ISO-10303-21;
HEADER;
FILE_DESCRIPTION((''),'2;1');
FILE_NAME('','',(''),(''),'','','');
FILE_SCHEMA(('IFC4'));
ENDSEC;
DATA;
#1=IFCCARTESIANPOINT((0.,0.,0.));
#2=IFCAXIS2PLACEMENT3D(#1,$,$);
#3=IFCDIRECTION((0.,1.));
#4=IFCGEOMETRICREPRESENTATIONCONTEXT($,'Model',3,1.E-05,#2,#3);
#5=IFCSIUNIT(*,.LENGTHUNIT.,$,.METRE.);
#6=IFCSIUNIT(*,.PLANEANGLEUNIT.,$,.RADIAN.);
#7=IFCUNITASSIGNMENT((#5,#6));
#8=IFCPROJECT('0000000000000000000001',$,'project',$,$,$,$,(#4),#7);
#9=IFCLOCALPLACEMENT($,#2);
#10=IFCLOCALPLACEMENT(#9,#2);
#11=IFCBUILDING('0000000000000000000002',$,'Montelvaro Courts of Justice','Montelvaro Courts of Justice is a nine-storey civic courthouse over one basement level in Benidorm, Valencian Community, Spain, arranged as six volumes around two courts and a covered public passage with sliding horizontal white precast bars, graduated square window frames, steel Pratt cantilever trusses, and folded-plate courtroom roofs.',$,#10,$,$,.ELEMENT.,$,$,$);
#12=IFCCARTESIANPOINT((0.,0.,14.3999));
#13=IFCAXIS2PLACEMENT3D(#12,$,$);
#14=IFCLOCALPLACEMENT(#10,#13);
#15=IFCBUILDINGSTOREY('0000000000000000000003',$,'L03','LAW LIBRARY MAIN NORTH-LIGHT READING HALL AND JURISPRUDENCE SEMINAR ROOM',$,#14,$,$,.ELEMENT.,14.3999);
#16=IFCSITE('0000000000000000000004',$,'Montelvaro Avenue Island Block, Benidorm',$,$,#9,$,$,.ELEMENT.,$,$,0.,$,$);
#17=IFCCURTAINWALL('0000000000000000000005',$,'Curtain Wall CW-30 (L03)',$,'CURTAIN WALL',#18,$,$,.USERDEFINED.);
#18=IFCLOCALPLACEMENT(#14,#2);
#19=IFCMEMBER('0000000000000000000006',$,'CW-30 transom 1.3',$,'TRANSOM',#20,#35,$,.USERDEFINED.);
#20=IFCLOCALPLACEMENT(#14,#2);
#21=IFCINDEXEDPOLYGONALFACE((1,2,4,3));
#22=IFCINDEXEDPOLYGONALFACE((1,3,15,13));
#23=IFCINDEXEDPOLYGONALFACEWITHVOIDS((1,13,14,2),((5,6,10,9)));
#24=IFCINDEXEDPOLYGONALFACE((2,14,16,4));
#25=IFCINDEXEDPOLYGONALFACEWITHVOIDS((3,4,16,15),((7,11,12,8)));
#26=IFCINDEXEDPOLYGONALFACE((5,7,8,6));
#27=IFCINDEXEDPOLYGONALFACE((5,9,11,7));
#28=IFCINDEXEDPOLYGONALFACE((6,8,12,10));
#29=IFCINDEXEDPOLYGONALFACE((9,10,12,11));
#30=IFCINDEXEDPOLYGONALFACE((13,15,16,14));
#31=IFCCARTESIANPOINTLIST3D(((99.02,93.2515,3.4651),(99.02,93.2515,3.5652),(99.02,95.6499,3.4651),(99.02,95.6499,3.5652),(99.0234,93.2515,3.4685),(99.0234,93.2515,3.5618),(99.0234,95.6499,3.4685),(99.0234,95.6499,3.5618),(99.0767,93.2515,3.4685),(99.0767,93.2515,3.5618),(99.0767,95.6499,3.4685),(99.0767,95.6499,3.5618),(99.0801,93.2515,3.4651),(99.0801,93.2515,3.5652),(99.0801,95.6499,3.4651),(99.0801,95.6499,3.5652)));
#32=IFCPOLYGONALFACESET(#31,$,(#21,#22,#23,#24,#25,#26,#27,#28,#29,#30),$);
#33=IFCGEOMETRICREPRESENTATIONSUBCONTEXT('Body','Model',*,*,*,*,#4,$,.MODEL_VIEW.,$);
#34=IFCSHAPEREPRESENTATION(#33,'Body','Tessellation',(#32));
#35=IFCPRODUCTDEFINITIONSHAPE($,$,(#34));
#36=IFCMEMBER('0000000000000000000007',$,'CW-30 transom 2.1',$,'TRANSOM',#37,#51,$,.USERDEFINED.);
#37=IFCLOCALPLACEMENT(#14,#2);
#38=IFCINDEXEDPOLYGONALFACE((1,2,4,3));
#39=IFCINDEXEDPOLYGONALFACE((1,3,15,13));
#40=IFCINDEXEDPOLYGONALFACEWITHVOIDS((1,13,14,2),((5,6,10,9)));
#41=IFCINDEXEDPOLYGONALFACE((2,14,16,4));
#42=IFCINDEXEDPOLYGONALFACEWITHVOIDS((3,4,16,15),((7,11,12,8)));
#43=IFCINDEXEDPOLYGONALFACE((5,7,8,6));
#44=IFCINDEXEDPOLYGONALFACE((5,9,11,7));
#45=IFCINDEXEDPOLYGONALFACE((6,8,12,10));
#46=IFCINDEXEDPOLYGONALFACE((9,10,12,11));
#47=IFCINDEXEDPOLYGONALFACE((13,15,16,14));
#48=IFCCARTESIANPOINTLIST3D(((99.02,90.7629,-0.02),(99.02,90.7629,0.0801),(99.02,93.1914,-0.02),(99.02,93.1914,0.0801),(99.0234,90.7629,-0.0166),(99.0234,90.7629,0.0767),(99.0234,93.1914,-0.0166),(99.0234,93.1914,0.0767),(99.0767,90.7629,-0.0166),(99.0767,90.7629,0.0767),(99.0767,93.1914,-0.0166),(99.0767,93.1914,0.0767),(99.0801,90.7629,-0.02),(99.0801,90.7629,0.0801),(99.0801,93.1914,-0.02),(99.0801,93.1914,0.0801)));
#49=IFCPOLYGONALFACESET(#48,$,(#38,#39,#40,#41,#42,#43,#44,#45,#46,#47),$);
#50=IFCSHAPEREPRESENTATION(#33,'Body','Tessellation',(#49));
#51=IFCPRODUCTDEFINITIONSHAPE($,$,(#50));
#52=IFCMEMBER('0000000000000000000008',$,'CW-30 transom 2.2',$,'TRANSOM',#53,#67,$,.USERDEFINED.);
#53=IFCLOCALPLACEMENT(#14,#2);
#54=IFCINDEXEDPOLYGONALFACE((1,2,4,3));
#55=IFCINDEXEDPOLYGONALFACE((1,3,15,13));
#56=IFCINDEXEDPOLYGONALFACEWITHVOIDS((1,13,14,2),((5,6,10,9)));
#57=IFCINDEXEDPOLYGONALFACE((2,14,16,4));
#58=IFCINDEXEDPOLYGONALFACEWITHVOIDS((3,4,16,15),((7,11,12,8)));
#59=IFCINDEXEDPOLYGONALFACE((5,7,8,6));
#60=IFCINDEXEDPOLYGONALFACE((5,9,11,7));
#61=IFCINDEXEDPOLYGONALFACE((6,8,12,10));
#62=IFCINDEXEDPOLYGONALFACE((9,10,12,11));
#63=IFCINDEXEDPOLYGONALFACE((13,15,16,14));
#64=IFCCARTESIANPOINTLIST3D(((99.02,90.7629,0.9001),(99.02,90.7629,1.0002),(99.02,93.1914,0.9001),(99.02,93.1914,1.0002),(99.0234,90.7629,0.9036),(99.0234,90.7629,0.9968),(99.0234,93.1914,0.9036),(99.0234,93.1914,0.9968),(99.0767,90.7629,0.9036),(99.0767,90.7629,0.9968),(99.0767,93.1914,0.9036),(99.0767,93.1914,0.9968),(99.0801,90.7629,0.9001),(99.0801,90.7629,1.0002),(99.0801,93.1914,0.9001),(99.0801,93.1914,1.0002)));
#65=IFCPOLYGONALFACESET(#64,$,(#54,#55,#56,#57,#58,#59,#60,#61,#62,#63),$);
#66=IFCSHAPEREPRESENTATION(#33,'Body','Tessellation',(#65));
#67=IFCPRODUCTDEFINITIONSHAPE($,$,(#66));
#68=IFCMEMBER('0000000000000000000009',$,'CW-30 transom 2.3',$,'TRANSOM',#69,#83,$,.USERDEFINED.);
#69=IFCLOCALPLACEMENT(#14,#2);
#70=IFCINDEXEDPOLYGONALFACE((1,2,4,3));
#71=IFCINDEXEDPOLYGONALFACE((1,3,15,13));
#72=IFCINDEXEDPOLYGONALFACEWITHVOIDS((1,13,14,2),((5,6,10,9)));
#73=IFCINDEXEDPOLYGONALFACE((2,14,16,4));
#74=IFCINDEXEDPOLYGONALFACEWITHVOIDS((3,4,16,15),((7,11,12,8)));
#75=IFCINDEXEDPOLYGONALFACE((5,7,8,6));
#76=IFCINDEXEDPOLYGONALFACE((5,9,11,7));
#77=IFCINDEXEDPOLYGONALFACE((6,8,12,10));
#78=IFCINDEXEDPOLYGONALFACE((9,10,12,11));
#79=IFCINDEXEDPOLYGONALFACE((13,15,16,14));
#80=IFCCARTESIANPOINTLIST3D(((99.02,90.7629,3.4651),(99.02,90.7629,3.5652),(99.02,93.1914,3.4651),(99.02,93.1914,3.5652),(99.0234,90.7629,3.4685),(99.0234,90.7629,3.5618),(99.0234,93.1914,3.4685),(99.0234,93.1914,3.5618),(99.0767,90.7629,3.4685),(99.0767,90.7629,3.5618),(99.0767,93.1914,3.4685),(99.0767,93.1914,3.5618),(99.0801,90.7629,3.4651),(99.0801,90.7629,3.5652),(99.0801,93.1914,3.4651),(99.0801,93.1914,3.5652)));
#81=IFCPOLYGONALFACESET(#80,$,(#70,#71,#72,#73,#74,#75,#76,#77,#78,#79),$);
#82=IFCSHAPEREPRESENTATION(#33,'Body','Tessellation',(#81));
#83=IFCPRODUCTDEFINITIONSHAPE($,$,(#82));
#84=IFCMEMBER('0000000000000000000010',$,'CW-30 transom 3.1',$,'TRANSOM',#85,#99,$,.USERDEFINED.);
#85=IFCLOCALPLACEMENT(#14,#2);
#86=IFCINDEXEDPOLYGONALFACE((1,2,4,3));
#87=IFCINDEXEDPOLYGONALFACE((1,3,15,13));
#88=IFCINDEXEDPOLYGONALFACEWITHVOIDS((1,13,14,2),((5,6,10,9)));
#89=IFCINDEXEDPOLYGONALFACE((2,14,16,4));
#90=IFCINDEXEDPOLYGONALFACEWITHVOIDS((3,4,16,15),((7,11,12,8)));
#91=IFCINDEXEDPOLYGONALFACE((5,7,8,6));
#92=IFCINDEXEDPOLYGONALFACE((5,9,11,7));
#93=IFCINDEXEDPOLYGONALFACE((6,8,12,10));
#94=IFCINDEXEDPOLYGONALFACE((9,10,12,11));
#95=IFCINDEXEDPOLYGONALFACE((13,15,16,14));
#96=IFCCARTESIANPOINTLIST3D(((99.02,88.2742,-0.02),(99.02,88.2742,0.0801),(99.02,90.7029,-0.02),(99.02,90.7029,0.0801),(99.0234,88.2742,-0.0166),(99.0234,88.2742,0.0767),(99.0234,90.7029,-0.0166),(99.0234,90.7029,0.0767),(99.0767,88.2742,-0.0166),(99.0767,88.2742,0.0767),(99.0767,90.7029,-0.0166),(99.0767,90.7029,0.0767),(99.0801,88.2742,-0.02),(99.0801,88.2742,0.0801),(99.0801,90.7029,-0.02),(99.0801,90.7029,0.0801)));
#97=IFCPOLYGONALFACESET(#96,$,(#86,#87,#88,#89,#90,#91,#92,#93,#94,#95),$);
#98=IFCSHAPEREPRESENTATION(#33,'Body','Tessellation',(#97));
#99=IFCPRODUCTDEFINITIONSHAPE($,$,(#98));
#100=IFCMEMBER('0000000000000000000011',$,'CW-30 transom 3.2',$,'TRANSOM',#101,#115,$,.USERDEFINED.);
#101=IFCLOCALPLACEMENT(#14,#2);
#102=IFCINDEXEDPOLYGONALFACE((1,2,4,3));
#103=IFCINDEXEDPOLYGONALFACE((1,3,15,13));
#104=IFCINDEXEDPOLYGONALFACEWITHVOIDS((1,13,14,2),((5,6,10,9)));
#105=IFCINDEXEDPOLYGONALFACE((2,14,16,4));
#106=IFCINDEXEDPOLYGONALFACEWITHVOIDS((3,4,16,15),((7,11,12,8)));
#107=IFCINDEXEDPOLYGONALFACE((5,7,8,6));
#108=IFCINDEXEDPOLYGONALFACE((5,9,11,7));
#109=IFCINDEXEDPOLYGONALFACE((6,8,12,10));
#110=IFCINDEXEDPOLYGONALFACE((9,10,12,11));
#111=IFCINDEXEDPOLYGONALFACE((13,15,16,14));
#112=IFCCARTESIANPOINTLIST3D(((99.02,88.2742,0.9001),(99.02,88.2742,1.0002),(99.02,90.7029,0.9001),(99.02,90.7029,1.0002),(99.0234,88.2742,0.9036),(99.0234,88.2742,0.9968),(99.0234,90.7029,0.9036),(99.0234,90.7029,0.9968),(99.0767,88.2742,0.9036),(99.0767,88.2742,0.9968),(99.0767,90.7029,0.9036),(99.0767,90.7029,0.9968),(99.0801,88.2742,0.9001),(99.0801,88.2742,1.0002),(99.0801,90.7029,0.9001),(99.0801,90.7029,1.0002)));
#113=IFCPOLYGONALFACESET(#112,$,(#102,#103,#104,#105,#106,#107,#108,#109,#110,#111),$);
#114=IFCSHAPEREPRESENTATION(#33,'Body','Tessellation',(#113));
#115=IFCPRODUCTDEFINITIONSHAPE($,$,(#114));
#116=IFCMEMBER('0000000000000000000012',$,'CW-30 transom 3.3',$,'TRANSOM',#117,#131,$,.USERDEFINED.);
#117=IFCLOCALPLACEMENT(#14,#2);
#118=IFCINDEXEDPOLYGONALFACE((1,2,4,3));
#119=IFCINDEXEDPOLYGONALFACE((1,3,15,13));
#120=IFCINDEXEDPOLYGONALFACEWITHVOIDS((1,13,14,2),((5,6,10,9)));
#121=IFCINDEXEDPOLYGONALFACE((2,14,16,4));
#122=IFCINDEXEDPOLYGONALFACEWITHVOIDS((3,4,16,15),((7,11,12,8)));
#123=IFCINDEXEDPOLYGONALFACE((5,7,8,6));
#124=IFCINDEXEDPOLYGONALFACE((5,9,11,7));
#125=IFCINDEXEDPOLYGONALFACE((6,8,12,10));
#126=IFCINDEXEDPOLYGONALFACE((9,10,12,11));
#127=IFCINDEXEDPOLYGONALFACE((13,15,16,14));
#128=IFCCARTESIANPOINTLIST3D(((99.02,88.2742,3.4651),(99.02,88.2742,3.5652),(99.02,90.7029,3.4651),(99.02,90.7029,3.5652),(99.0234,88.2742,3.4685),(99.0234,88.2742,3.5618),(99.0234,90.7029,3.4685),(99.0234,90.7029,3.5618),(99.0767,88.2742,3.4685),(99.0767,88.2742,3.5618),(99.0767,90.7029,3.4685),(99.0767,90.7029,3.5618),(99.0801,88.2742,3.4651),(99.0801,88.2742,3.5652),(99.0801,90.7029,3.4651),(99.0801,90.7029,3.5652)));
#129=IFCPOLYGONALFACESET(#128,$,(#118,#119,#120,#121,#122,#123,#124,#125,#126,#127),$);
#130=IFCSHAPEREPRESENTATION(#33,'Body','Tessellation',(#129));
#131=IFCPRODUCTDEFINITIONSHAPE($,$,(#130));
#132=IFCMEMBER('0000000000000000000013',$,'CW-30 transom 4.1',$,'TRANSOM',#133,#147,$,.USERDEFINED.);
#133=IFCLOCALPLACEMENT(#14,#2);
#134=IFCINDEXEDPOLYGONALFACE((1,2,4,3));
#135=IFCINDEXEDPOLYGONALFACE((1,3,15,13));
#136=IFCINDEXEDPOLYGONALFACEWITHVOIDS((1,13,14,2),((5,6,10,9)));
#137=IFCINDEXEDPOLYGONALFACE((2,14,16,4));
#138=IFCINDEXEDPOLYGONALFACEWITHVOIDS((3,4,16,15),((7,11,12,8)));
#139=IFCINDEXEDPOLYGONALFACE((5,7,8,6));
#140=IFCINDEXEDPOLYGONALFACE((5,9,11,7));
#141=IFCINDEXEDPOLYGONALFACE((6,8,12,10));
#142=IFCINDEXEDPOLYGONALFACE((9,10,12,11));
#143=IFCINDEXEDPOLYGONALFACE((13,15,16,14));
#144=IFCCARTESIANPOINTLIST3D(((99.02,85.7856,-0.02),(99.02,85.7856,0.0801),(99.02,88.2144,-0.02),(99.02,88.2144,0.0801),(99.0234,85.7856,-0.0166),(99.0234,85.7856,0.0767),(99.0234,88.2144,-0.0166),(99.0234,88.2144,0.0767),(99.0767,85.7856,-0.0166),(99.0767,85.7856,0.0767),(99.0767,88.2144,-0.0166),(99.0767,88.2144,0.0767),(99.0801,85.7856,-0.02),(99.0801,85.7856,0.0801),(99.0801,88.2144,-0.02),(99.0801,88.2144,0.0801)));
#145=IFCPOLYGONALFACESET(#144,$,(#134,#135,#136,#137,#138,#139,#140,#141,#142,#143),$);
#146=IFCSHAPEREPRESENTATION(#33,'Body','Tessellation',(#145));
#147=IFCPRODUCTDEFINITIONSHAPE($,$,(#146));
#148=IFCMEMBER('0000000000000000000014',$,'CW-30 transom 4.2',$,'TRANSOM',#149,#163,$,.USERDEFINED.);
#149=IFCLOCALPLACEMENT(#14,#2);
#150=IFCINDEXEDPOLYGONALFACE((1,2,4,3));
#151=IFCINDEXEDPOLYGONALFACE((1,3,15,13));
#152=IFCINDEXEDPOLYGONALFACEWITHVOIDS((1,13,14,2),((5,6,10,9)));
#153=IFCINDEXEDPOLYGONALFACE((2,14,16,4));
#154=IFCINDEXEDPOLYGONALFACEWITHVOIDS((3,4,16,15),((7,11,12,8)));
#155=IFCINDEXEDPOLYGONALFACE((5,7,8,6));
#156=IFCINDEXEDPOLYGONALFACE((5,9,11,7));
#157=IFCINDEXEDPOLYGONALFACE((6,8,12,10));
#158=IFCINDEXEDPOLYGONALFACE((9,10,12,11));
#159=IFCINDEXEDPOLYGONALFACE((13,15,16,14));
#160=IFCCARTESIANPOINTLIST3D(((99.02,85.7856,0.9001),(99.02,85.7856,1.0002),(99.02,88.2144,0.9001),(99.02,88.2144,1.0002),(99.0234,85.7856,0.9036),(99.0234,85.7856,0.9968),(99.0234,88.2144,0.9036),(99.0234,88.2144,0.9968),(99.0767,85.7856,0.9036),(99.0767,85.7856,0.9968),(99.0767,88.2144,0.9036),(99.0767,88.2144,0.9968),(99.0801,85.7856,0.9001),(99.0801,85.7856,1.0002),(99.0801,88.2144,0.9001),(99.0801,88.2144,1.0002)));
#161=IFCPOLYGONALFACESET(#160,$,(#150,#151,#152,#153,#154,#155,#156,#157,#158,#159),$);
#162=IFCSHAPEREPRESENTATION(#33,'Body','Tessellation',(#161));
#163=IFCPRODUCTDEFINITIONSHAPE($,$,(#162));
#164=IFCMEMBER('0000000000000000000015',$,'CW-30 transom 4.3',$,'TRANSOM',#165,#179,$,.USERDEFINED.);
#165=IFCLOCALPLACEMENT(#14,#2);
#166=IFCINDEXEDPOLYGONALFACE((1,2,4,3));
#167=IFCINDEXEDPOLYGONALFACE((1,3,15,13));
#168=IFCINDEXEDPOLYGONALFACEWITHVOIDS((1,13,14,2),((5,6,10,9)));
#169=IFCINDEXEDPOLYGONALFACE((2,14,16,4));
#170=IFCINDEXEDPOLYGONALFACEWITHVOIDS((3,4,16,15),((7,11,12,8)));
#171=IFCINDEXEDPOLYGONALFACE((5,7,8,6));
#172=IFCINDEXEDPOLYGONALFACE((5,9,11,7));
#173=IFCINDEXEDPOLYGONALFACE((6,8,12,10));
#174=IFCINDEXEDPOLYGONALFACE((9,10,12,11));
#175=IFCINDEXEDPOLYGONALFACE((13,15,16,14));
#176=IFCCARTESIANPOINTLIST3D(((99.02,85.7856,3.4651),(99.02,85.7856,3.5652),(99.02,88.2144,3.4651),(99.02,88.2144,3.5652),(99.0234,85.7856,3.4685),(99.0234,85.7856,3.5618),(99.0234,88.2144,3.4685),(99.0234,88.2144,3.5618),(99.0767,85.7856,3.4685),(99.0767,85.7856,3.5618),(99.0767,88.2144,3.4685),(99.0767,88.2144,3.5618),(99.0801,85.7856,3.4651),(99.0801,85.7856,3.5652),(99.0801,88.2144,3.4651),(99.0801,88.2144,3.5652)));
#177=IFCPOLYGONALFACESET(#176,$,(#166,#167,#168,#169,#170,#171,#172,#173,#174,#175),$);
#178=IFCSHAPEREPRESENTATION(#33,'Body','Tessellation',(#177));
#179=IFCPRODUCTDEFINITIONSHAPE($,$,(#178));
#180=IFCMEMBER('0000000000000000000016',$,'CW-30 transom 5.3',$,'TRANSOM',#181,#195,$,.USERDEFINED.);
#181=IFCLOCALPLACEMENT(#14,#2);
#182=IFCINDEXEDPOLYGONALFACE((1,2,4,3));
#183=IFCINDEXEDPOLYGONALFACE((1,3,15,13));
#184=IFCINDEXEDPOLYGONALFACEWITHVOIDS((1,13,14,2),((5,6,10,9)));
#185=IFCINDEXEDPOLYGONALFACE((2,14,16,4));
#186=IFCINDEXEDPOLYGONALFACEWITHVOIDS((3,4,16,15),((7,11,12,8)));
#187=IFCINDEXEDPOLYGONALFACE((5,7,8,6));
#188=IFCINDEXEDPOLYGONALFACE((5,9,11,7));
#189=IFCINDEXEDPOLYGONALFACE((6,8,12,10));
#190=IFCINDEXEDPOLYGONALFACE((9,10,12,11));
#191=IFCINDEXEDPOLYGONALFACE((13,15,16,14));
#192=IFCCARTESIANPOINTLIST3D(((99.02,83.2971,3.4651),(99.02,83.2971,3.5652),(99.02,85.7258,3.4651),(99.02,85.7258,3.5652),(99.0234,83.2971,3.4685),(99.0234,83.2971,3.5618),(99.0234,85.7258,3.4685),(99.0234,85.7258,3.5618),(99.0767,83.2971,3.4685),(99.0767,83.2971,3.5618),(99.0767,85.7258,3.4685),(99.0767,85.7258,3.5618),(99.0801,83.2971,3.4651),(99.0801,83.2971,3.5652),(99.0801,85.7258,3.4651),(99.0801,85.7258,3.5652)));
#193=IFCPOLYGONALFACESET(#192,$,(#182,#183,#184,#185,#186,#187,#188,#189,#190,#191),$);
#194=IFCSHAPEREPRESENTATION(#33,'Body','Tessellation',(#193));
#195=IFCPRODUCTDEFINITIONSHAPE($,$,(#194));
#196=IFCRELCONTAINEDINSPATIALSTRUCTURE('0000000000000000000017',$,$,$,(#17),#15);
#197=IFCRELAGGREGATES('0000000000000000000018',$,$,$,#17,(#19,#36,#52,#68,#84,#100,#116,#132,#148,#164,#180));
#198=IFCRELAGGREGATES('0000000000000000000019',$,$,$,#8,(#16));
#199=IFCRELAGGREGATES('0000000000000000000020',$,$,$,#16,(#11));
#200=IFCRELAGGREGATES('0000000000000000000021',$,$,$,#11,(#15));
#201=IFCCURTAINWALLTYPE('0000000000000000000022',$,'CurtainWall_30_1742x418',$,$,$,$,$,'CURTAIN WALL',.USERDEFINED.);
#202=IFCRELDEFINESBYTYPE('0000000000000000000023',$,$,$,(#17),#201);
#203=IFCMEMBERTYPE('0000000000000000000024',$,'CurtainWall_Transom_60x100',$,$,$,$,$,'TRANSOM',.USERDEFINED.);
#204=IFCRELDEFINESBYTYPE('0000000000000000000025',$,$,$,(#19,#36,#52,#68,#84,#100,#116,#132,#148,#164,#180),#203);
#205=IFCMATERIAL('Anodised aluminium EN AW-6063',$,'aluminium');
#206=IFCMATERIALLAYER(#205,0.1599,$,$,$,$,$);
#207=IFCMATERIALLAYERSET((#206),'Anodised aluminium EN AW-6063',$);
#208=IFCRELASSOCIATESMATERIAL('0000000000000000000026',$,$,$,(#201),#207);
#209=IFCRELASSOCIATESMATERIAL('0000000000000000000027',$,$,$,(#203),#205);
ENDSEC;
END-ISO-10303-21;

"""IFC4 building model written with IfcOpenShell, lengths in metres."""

from ifc_helpers import new_model, si_unit, direction, frame, origin, origin_2d, place, context, subcontext, project, spatial, hollow_rectangle, extrude, material, layer, layer_set, material_profile, profile_set, type_object, element, aggregate, save


model = new_model("IFC4")

# Units and contexts
model_context = context("Model", 3, precision=1e-05, world=origin(), true_north=direction((0.0, 1.0)))
body_context = subcontext(model_context, "Body", "Model", "MODEL_VIEW")
ifc_project = project(units=[si_unit("LENGTHUNIT", "METRE"), si_unit("PLANEANGLEUNIT", "RADIAN")], contexts=[model_context])

# Site, building, storey
site_placement = place(None, origin())
site = spatial("IfcSite", under=ifc_project, at=site_placement, Name="Montelvaro Avenue Island Block, Benidorm", CompositionType="ELEMENT", RefElevation=0.0)
building_placement = place(site_placement, origin())
building = spatial("IfcBuilding", under=site, at=building_placement, Name="Montelvaro Courts of Justice", Description="Montelvaro Courts of Justice is a nine-storey civic courthouse over one basement level in Benidorm, Valencian Community, Spain, arranged as six volumes around two courts and a covered public passage with sliding horizontal white precast bars, graduated square window frames, steel Pratt cantilever trusses, and folded-plate courtroom roofs.", CompositionType="ELEMENT")
storey_placement = place(building_placement, frame((0.0, 0.0, 14.3999)))
storey = spatial("IfcBuildingStorey", under=building, at=storey_placement, Name="L03", Description="LAW LIBRARY MAIN NORTH-LIGHT READING HALL AND JURISPRUDENCE SEMINAR ROOM", CompositionType="ELEMENT", Elevation=14.3999)

# Shared definitions
ifc_material_1 = material(Name="Anodised aluminium EN AW-6063", Category="aluminium")

# Curtain wall, members
ifc_layer_1 = layer(ifc_material_1, 0.1599)
ifc_layer_set_1 = layer_set([ifc_layer_1], Name="Anodised aluminium EN AW-6063")
curtain_wall_type_1 = type_object("IfcCurtainWallType", Name="CurtainWall_30_1742x418", ElementType="CURTAIN WALL", PredefinedType="USERDEFINED", material=ifc_layer_set_1)
curtain_wall_1_placement = place(storey_placement, origin())
curtain_wall_1 = element("IfcCurtainWall", 1, at=curtain_wall_1_placement, inside=storey, type_object=curtain_wall_type_1, Name="Curtain Wall CW-30 (L03)", ObjectType="CURTAIN WALL", PredefinedType="USERDEFINED")
ifc_material_profile_1 = material_profile(ifc_material_1, hollow_rectangle(XDim=0.0601, YDim=0.1001, WallThickness=0.0034, at=origin_2d()), Name="ALU-T 60x100")
ifc_profile_set_1 = profile_set([ifc_material_profile_1], Name="Anodised aluminium EN AW-6063")
member_type_1 = type_object("IfcMemberType", Name="CurtainWall_Transom_60x100", ElementType="TRANSOM", PredefinedType="USERDEFINED", material=ifc_profile_set_1)
member_1_placement = place(storey_placement, frame((99.05, 95.6499, 3.5151), z_axis=(0.0, -1.0, 0.0), x_axis=(1.0, 0.0, 0.0)))
member_1 = element("IfcMember", 2, at=member_1_placement, type_object=member_type_1, Name="CW-30 transom 1.3", ObjectType="TRANSOM", PredefinedType="USERDEFINED", context=body_context, shape_type="SweptSolid", body=[
    extrude(hollow_rectangle(XDim=0.0601, YDim=0.1001, WallThickness=0.0034, at=origin_2d()), origin(), (0.0, 0.0, 1.0), 2.3984),
])
member_2_placement = place(storey_placement, frame((99.05, 93.1914, 0.03), z_axis=(0.0, -1.0, 0.0), x_axis=(1.0, 0.0, 0.0)))
member_2 = element("IfcMember", 3, at=member_2_placement, type_object=member_type_1, Name="CW-30 transom 2.1", ObjectType="TRANSOM", PredefinedType="USERDEFINED", context=body_context, shape_type="SweptSolid", body=[
    extrude(hollow_rectangle(XDim=0.0601, YDim=0.1001, WallThickness=0.0034, at=origin_2d()), origin(), (0.0, 0.0, 1.0), 2.4285),
])
member_3_placement = place(storey_placement, frame((99.05, 93.1914, 0.9502), z_axis=(0.0, -1.0, 0.0), x_axis=(1.0, 0.0, 0.0)))
member_3 = element("IfcMember", 4, at=member_3_placement, type_object=member_type_1, Name="CW-30 transom 2.2", ObjectType="TRANSOM", PredefinedType="USERDEFINED", context=body_context, shape_type="SweptSolid", body=[
    extrude(hollow_rectangle(XDim=0.0601, YDim=0.1001, WallThickness=0.0034, at=origin_2d()), origin(), (0.0, 0.0, 1.0), 2.4285),
])
member_4_placement = place(storey_placement, frame((99.05, 93.1914, 3.5151), z_axis=(0.0, -1.0, 0.0), x_axis=(1.0, 0.0, 0.0)))
member_4 = element("IfcMember", 5, at=member_4_placement, type_object=member_type_1, Name="CW-30 transom 2.3", ObjectType="TRANSOM", PredefinedType="USERDEFINED", context=body_context, shape_type="SweptSolid", body=[
    extrude(hollow_rectangle(XDim=0.0601, YDim=0.1001, WallThickness=0.0034, at=origin_2d()), origin(), (0.0, 0.0, 1.0), 2.4285),
])
member_5_placement = place(storey_placement, frame((99.05, 90.7029, 0.03), z_axis=(0.0, -1.0, 0.0), x_axis=(1.0, 0.0, 0.0)))
member_5 = element("IfcMember", 6, at=member_5_placement, type_object=member_type_1, Name="CW-30 transom 3.1", ObjectType="TRANSOM", PredefinedType="USERDEFINED", context=body_context, shape_type="SweptSolid", body=[
    extrude(hollow_rectangle(XDim=0.0601, YDim=0.1001, WallThickness=0.0034, at=origin_2d()), origin(), (0.0, 0.0, 1.0), 2.4287),
])
member_6_placement = place(storey_placement, frame((99.05, 90.7029, 0.9502), z_axis=(0.0, -1.0, 0.0), x_axis=(1.0, 0.0, 0.0)))
member_6 = element("IfcMember", 7, at=member_6_placement, type_object=member_type_1, Name="CW-30 transom 3.2", ObjectType="TRANSOM", PredefinedType="USERDEFINED", context=body_context, shape_type="SweptSolid", body=[
    extrude(hollow_rectangle(XDim=0.0601, YDim=0.1001, WallThickness=0.0034, at=origin_2d()), origin(), (0.0, 0.0, 1.0), 2.4287),
])
member_7_placement = place(storey_placement, frame((99.05, 90.7029, 3.5151), z_axis=(0.0, -1.0, 0.0), x_axis=(1.0, 0.0, 0.0)))
member_7 = element("IfcMember", 8, at=member_7_placement, type_object=member_type_1, Name="CW-30 transom 3.3", ObjectType="TRANSOM", PredefinedType="USERDEFINED", context=body_context, shape_type="SweptSolid", body=[
    extrude(hollow_rectangle(XDim=0.0601, YDim=0.1001, WallThickness=0.0034, at=origin_2d()), origin(), (0.0, 0.0, 1.0), 2.4287),
])
member_8_placement = place(storey_placement, frame((99.05, 88.2144, 0.03), z_axis=(0.0, -1.0, 0.0), x_axis=(1.0, 0.0, 0.0)))
member_8 = element("IfcMember", 9, at=member_8_placement, type_object=member_type_1, Name="CW-30 transom 4.1", ObjectType="TRANSOM", PredefinedType="USERDEFINED", context=body_context, shape_type="SweptSolid", body=[
    extrude(hollow_rectangle(XDim=0.0601, YDim=0.1001, WallThickness=0.0034, at=origin_2d()), origin(), (0.0, 0.0, 1.0), 2.4287),
])
member_9_placement = place(storey_placement, frame((99.05, 88.2144, 0.9502), z_axis=(0.0, -1.0, 0.0), x_axis=(1.0, 0.0, 0.0)))
member_9 = element("IfcMember", 10, at=member_9_placement, type_object=member_type_1, Name="CW-30 transom 4.2", ObjectType="TRANSOM", PredefinedType="USERDEFINED", context=body_context, shape_type="SweptSolid", body=[
    extrude(hollow_rectangle(XDim=0.0601, YDim=0.1001, WallThickness=0.0034, at=origin_2d()), origin(), (0.0, 0.0, 1.0), 2.4287),
])
member_10_placement = place(storey_placement, frame((99.05, 88.2144, 3.5151), z_axis=(0.0, -1.0, 0.0), x_axis=(1.0, 0.0, 0.0)))
member_10 = element("IfcMember", 11, at=member_10_placement, type_object=member_type_1, Name="CW-30 transom 4.3", ObjectType="TRANSOM", PredefinedType="USERDEFINED", context=body_context, shape_type="SweptSolid", body=[
    extrude(hollow_rectangle(XDim=0.0601, YDim=0.1001, WallThickness=0.0034, at=origin_2d()), origin(), (0.0, 0.0, 1.0), 2.4287),
])
member_11_placement = place(storey_placement, frame((99.05, 85.7258, 3.5151), z_axis=(0.0, -1.0, 0.0), x_axis=(1.0, 0.0, 0.0)))
member_11 = element("IfcMember", 12, at=member_11_placement, type_object=member_type_1, Name="CW-30 transom 5.3", ObjectType="TRANSOM", PredefinedType="USERDEFINED", context=body_context, shape_type="SweptSolid", body=[
    extrude(hollow_rectangle(XDim=0.0601, YDim=0.1001, WallThickness=0.0034, at=origin_2d()), origin(), (0.0, 0.0, 1.0), 2.4287),
])

aggregate(curtain_wall_1, [member_1, member_2, member_3, member_4, member_5, member_6, member_7, member_8, member_9, member_10, member_11])

save(model, "model.ifc")
